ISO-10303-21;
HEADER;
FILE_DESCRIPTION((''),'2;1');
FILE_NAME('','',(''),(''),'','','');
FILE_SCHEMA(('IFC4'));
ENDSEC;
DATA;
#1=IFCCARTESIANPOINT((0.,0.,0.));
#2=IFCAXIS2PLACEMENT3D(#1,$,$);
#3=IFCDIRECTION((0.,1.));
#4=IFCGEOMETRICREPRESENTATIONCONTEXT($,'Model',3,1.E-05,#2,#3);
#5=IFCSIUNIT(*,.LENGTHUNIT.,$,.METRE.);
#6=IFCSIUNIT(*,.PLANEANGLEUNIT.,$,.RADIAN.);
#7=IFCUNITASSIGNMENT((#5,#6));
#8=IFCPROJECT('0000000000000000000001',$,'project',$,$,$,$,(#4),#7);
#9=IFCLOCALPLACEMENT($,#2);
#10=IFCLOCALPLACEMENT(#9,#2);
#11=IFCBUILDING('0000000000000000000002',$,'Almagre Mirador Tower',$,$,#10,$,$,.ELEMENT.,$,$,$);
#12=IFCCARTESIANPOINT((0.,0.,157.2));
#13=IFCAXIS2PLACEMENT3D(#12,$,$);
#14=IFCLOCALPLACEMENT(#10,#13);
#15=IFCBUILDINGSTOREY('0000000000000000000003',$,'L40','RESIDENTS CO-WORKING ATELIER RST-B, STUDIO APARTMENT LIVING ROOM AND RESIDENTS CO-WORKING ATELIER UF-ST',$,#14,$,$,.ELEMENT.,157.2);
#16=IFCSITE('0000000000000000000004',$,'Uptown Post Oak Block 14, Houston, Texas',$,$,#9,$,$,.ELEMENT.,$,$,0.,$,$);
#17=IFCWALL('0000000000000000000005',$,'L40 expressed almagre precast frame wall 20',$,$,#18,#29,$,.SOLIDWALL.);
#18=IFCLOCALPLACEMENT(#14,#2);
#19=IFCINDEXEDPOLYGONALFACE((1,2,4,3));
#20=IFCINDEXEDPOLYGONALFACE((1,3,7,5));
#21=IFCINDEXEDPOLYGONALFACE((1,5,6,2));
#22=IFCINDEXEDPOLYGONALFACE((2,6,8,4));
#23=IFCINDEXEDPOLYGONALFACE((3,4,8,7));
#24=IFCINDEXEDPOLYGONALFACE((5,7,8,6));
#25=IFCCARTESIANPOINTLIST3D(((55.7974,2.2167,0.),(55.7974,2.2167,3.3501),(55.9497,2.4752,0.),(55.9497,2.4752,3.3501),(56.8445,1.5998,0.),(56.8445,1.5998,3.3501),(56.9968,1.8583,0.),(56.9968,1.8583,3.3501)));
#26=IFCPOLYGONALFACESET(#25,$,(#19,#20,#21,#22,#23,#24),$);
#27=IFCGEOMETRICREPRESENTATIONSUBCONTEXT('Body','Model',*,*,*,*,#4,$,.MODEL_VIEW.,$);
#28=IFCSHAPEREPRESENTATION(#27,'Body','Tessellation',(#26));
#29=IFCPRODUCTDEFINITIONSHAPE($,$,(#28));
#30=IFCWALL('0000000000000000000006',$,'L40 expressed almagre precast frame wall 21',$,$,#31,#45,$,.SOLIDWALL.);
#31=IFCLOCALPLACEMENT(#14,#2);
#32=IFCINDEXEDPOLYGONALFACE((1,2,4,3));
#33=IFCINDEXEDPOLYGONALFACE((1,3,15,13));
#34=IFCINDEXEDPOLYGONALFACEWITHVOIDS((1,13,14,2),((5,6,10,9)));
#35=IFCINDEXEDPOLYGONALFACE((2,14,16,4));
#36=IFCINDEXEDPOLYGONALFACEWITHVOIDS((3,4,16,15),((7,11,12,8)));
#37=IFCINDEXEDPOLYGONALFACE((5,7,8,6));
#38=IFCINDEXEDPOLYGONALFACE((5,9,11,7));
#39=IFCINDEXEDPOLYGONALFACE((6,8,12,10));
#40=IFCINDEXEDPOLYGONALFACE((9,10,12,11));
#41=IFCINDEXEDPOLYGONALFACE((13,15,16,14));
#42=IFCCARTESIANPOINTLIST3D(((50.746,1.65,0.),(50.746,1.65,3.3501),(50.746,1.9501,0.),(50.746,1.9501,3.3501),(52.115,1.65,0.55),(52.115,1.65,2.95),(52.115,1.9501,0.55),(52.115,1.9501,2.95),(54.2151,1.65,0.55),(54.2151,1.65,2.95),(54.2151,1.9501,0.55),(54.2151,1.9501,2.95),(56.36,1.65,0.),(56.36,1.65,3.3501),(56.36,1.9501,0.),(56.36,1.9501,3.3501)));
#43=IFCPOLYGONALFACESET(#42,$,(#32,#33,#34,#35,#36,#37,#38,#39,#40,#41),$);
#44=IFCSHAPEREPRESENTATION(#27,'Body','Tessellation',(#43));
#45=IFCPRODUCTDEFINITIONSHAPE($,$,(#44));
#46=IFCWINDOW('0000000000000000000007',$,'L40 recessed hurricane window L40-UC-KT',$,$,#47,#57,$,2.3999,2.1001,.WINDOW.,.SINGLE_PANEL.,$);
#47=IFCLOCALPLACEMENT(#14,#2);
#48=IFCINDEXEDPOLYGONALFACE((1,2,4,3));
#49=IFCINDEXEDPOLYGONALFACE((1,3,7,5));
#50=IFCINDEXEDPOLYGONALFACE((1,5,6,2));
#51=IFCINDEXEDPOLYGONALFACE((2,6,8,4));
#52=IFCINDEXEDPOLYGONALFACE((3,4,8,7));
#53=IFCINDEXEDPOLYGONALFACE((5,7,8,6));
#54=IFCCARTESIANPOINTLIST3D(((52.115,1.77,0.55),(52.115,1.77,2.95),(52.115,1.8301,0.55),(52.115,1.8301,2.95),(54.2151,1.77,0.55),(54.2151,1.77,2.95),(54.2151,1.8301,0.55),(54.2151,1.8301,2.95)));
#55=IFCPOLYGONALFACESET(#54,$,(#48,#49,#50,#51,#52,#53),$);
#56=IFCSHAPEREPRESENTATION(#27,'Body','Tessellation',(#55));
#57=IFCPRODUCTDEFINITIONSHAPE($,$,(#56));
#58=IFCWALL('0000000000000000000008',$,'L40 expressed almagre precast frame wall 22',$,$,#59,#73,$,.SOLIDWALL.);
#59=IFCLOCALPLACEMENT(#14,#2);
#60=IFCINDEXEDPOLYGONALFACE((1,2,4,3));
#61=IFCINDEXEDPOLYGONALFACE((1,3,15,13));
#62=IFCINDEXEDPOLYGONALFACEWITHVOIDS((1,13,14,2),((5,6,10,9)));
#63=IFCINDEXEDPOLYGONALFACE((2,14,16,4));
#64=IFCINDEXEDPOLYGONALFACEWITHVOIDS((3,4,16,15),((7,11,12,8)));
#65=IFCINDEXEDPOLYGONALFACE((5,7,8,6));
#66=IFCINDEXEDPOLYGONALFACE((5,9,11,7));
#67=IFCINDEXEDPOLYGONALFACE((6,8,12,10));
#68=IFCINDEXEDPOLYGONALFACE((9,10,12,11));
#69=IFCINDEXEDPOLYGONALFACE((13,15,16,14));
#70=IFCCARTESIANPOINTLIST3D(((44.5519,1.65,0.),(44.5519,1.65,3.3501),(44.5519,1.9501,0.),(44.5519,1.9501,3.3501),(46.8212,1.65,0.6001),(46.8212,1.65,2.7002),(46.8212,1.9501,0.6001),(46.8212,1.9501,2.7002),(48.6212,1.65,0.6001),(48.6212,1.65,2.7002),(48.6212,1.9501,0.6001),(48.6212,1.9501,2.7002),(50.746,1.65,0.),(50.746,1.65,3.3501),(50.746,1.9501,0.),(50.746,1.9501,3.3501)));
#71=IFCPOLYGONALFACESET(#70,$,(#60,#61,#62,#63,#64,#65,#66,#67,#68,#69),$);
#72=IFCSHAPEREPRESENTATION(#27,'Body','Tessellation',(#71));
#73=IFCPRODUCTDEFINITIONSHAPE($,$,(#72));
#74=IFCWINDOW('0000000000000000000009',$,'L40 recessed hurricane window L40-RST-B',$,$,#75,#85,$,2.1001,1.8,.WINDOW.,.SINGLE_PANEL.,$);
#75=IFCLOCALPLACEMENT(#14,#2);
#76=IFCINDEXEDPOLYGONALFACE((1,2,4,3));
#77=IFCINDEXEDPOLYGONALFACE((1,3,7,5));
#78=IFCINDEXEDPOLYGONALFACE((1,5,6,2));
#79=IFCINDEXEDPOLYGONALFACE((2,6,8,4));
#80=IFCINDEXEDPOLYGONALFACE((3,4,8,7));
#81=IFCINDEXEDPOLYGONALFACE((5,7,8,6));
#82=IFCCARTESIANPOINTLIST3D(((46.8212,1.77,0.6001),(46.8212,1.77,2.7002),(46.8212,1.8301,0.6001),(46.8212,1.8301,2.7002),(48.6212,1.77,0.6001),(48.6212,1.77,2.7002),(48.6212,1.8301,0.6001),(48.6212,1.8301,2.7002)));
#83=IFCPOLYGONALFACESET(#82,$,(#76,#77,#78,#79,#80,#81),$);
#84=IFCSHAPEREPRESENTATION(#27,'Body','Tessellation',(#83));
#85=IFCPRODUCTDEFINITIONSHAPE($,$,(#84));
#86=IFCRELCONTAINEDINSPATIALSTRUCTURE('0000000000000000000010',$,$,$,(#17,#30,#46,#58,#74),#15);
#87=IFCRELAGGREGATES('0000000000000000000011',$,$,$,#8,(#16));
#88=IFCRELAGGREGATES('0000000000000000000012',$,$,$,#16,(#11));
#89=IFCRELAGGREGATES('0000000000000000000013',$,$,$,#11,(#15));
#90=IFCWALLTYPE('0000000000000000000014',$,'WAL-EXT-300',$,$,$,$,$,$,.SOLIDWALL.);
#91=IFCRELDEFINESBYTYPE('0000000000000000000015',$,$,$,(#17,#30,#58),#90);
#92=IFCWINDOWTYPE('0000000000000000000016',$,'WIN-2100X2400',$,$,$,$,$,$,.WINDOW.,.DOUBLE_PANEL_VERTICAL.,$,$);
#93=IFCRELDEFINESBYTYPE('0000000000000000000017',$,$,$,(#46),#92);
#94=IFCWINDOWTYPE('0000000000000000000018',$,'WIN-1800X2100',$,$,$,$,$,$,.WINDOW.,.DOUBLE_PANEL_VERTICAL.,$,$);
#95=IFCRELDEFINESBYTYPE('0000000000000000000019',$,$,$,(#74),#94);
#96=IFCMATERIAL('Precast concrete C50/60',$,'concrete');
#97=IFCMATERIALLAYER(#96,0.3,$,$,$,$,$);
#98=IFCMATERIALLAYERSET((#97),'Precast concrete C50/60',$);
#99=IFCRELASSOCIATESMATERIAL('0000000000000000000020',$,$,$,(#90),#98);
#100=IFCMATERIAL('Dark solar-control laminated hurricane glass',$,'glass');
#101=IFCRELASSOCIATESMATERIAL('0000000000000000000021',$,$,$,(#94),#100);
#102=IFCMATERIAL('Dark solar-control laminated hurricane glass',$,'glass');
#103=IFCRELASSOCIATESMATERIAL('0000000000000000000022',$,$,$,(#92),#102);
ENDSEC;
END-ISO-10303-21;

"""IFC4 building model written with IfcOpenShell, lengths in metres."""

from ifc_helpers import new_model, si_unit, direction, frame, frame_2d, origin, place, context, subcontext, project, spatial, rectangle, extrude, material, layer, layer_set, type_object, element, fill, save


model = new_model("IFC4")

# Units and contexts
model_context = context("Model", 3, precision=1e-05, world=origin(), true_north=direction((0.0, 1.0)))
body_context = subcontext(model_context, "Body", "Model", "MODEL_VIEW")
ifc_project = project(units=[si_unit("LENGTHUNIT", "METRE"), si_unit("PLANEANGLEUNIT", "RADIAN")], contexts=[model_context])

# Site, building, storey
site_placement = place(None, origin())
site = spatial("IfcSite", under=ifc_project, at=site_placement, Name="Uptown Post Oak Block 14, Houston, Texas", CompositionType="ELEMENT", RefElevation=0.0)
building_placement = place(site_placement, origin())
building = spatial("IfcBuilding", under=site, at=building_placement, Name="Almagre Mirador Tower", CompositionType="ELEMENT")
storey_placement = place(building_placement, frame((0.0, 0.0, 157.2)))
storey = spatial("IfcBuildingStorey", under=building, at=storey_placement, Name="L40", Description="RESIDENTS CO-WORKING ATELIER RST-B, STUDIO APARTMENT LIVING ROOM AND RESIDENTS CO-WORKING ATELIER UF-ST", CompositionType="ELEMENT", Elevation=157.2)

# Shared definitions
ifc_material_1 = material(Name="Precast concrete C50/60", Category="concrete")
ifc_layer_1 = layer(ifc_material_1, 0.3)
ifc_layer_set_1 = layer_set([ifc_layer_1], Name="Precast concrete C50/60")
wall_type = type_object("IfcWallType", Name="WAL-EXT-300", PredefinedType="SOLIDWALL", material=ifc_layer_set_1)
ifc_material_2 = material(Name="Dark solar-control laminated hurricane glass", Category="glass")
window_type_1 = type_object("IfcWindowType", Name="WIN-1800X2100", PartitioningType="DOUBLE_PANEL_VERTICAL", PredefinedType="WINDOW", material=ifc_material_2)

# Wall
wall_1_placement = place(storey_placement, frame((55.8735, 2.3459, 0.0), z_axis=(0.0, 0.0, 1.0), x_axis=(0.861578, -0.507626, 0.0)))
element("IfcWall", 1, at=wall_1_placement, inside=storey, type_object=wall_type, Name="L40 expressed almagre precast frame wall 20", PredefinedType="SOLIDWALL", context=body_context, shape_type="SweptSolid", body=[
    extrude(rectangle(XDim=1.2153, YDim=0.3, at=frame_2d((0.6077, 0.0))), origin(), (0.0, 0.0, 1.0), 3.3501),
])

# Walls, openings, windows
wall_2_placement = place(storey_placement, frame((56.3601, 1.8, 0.0), z_axis=(0.0, 0.0, 1.0), x_axis=(-1.0, 0.0, 0.0)))
wall_2 = element("IfcWall", 2, at=wall_2_placement, inside=storey, type_object=wall_type, Name="L40 expressed almagre precast frame wall 21", PredefinedType="SOLIDWALL", context=body_context, shape_type="SweptSolid", body=[
    extrude(rectangle(XDim=5.614, YDim=0.3, at=frame_2d((2.8071, 0.0))), origin(), (0.0, 0.0, 1.0), 3.3501),
])
opening_1_placement = place(wall_2_placement, frame((2.145, 0.0, 0.55)))
opening_1 = element("IfcOpeningElement", 3, at=opening_1_placement, cuts=wall_2, PredefinedType="OPENING", context=body_context, shape_type="SweptSolid", body=[
    extrude(rectangle(XDim=2.1001, YDim=2.3999, at=frame_2d((1.05, 1.2))), frame((0.0, 0.1599, 0.0), z_axis=(0.0, -1.0, 0.0), x_axis=(1.0, 0.0, 0.0)), (0.0, 0.0, 1.0), 0.32),
])
ifc_material_3 = material(Name="Dark solar-control laminated hurricane glass", Category="glass")
window_type_2 = type_object("IfcWindowType", Name="WIN-2100X2400", PartitioningType="DOUBLE_PANEL_VERTICAL", PredefinedType="WINDOW", material=ifc_material_3)
window_1_placement = place(opening_1_placement, origin())
window_1 = element("IfcWindow", 4, at=window_1_placement, inside=storey, type_object=window_type_2, Name="L40 recessed hurricane window L40-UC-KT", OverallHeight=2.3999, OverallWidth=2.1001, PartitioningType="SINGLE_PANEL", PredefinedType="WINDOW", context=body_context, shape_type="SweptSolid", body=[
    extrude(rectangle(XDim=2.1001, YDim=2.3999, at=frame_2d((1.05, 1.2))), frame((0.0, 0.03, 0.0), z_axis=(0.0, -1.0, 0.0), x_axis=(1.0, 0.0, 0.0)), (0.0, 0.0, 1.0), 0.0601),
])
fill(opening_1, window_1)
wall_3_placement = place(storey_placement, frame((50.7461, 1.8, 0.0), z_axis=(0.0, 0.0, 1.0), x_axis=(-1.0, 0.0, 0.0)))
wall_3 = element("IfcWall", 5, at=wall_3_placement, inside=storey, type_object=wall_type, Name="L40 expressed almagre precast frame wall 22", PredefinedType="SOLIDWALL", context=body_context, shape_type="SweptSolid", body=[
    extrude(rectangle(XDim=6.1941, YDim=0.3, at=frame_2d((3.0972, 0.0))), origin(), (0.0, 0.0, 1.0), 3.3501),
])
opening_2_placement = place(wall_3_placement, frame((2.125, 0.0, 0.6001)))
opening_2 = element("IfcOpeningElement", 6, at=opening_2_placement, cuts=wall_3, PredefinedType="OPENING", context=body_context, shape_type="SweptSolid", body=[
    extrude(rectangle(XDim=1.8, YDim=2.1001, at=frame_2d((0.8999, 1.05))), frame((0.0, 0.1599, 0.0), z_axis=(0.0, -1.0, 0.0), x_axis=(1.0, 0.0, 0.0)), (0.0, 0.0, 1.0), 0.32),
])
window_2_placement = place(opening_2_placement, origin())
window_2 = element("IfcWindow", 7, at=window_2_placement, inside=storey, type_object=window_type_1, Name="L40 recessed hurricane window L40-RST-B", OverallHeight=2.1001, OverallWidth=1.8, PartitioningType="SINGLE_PANEL", PredefinedType="WINDOW", context=body_context, shape_type="SweptSolid", body=[
    extrude(rectangle(XDim=1.8, YDim=2.1001, at=frame_2d((0.8999, 1.05))), frame((0.0, 0.03, 0.0), z_axis=(0.0, -1.0, 0.0), x_axis=(1.0, 0.0, 0.0)), (0.0, 0.0, 1.0), 0.0601),
])
fill(opening_2, window_2)

save(model, "model.ifc")
